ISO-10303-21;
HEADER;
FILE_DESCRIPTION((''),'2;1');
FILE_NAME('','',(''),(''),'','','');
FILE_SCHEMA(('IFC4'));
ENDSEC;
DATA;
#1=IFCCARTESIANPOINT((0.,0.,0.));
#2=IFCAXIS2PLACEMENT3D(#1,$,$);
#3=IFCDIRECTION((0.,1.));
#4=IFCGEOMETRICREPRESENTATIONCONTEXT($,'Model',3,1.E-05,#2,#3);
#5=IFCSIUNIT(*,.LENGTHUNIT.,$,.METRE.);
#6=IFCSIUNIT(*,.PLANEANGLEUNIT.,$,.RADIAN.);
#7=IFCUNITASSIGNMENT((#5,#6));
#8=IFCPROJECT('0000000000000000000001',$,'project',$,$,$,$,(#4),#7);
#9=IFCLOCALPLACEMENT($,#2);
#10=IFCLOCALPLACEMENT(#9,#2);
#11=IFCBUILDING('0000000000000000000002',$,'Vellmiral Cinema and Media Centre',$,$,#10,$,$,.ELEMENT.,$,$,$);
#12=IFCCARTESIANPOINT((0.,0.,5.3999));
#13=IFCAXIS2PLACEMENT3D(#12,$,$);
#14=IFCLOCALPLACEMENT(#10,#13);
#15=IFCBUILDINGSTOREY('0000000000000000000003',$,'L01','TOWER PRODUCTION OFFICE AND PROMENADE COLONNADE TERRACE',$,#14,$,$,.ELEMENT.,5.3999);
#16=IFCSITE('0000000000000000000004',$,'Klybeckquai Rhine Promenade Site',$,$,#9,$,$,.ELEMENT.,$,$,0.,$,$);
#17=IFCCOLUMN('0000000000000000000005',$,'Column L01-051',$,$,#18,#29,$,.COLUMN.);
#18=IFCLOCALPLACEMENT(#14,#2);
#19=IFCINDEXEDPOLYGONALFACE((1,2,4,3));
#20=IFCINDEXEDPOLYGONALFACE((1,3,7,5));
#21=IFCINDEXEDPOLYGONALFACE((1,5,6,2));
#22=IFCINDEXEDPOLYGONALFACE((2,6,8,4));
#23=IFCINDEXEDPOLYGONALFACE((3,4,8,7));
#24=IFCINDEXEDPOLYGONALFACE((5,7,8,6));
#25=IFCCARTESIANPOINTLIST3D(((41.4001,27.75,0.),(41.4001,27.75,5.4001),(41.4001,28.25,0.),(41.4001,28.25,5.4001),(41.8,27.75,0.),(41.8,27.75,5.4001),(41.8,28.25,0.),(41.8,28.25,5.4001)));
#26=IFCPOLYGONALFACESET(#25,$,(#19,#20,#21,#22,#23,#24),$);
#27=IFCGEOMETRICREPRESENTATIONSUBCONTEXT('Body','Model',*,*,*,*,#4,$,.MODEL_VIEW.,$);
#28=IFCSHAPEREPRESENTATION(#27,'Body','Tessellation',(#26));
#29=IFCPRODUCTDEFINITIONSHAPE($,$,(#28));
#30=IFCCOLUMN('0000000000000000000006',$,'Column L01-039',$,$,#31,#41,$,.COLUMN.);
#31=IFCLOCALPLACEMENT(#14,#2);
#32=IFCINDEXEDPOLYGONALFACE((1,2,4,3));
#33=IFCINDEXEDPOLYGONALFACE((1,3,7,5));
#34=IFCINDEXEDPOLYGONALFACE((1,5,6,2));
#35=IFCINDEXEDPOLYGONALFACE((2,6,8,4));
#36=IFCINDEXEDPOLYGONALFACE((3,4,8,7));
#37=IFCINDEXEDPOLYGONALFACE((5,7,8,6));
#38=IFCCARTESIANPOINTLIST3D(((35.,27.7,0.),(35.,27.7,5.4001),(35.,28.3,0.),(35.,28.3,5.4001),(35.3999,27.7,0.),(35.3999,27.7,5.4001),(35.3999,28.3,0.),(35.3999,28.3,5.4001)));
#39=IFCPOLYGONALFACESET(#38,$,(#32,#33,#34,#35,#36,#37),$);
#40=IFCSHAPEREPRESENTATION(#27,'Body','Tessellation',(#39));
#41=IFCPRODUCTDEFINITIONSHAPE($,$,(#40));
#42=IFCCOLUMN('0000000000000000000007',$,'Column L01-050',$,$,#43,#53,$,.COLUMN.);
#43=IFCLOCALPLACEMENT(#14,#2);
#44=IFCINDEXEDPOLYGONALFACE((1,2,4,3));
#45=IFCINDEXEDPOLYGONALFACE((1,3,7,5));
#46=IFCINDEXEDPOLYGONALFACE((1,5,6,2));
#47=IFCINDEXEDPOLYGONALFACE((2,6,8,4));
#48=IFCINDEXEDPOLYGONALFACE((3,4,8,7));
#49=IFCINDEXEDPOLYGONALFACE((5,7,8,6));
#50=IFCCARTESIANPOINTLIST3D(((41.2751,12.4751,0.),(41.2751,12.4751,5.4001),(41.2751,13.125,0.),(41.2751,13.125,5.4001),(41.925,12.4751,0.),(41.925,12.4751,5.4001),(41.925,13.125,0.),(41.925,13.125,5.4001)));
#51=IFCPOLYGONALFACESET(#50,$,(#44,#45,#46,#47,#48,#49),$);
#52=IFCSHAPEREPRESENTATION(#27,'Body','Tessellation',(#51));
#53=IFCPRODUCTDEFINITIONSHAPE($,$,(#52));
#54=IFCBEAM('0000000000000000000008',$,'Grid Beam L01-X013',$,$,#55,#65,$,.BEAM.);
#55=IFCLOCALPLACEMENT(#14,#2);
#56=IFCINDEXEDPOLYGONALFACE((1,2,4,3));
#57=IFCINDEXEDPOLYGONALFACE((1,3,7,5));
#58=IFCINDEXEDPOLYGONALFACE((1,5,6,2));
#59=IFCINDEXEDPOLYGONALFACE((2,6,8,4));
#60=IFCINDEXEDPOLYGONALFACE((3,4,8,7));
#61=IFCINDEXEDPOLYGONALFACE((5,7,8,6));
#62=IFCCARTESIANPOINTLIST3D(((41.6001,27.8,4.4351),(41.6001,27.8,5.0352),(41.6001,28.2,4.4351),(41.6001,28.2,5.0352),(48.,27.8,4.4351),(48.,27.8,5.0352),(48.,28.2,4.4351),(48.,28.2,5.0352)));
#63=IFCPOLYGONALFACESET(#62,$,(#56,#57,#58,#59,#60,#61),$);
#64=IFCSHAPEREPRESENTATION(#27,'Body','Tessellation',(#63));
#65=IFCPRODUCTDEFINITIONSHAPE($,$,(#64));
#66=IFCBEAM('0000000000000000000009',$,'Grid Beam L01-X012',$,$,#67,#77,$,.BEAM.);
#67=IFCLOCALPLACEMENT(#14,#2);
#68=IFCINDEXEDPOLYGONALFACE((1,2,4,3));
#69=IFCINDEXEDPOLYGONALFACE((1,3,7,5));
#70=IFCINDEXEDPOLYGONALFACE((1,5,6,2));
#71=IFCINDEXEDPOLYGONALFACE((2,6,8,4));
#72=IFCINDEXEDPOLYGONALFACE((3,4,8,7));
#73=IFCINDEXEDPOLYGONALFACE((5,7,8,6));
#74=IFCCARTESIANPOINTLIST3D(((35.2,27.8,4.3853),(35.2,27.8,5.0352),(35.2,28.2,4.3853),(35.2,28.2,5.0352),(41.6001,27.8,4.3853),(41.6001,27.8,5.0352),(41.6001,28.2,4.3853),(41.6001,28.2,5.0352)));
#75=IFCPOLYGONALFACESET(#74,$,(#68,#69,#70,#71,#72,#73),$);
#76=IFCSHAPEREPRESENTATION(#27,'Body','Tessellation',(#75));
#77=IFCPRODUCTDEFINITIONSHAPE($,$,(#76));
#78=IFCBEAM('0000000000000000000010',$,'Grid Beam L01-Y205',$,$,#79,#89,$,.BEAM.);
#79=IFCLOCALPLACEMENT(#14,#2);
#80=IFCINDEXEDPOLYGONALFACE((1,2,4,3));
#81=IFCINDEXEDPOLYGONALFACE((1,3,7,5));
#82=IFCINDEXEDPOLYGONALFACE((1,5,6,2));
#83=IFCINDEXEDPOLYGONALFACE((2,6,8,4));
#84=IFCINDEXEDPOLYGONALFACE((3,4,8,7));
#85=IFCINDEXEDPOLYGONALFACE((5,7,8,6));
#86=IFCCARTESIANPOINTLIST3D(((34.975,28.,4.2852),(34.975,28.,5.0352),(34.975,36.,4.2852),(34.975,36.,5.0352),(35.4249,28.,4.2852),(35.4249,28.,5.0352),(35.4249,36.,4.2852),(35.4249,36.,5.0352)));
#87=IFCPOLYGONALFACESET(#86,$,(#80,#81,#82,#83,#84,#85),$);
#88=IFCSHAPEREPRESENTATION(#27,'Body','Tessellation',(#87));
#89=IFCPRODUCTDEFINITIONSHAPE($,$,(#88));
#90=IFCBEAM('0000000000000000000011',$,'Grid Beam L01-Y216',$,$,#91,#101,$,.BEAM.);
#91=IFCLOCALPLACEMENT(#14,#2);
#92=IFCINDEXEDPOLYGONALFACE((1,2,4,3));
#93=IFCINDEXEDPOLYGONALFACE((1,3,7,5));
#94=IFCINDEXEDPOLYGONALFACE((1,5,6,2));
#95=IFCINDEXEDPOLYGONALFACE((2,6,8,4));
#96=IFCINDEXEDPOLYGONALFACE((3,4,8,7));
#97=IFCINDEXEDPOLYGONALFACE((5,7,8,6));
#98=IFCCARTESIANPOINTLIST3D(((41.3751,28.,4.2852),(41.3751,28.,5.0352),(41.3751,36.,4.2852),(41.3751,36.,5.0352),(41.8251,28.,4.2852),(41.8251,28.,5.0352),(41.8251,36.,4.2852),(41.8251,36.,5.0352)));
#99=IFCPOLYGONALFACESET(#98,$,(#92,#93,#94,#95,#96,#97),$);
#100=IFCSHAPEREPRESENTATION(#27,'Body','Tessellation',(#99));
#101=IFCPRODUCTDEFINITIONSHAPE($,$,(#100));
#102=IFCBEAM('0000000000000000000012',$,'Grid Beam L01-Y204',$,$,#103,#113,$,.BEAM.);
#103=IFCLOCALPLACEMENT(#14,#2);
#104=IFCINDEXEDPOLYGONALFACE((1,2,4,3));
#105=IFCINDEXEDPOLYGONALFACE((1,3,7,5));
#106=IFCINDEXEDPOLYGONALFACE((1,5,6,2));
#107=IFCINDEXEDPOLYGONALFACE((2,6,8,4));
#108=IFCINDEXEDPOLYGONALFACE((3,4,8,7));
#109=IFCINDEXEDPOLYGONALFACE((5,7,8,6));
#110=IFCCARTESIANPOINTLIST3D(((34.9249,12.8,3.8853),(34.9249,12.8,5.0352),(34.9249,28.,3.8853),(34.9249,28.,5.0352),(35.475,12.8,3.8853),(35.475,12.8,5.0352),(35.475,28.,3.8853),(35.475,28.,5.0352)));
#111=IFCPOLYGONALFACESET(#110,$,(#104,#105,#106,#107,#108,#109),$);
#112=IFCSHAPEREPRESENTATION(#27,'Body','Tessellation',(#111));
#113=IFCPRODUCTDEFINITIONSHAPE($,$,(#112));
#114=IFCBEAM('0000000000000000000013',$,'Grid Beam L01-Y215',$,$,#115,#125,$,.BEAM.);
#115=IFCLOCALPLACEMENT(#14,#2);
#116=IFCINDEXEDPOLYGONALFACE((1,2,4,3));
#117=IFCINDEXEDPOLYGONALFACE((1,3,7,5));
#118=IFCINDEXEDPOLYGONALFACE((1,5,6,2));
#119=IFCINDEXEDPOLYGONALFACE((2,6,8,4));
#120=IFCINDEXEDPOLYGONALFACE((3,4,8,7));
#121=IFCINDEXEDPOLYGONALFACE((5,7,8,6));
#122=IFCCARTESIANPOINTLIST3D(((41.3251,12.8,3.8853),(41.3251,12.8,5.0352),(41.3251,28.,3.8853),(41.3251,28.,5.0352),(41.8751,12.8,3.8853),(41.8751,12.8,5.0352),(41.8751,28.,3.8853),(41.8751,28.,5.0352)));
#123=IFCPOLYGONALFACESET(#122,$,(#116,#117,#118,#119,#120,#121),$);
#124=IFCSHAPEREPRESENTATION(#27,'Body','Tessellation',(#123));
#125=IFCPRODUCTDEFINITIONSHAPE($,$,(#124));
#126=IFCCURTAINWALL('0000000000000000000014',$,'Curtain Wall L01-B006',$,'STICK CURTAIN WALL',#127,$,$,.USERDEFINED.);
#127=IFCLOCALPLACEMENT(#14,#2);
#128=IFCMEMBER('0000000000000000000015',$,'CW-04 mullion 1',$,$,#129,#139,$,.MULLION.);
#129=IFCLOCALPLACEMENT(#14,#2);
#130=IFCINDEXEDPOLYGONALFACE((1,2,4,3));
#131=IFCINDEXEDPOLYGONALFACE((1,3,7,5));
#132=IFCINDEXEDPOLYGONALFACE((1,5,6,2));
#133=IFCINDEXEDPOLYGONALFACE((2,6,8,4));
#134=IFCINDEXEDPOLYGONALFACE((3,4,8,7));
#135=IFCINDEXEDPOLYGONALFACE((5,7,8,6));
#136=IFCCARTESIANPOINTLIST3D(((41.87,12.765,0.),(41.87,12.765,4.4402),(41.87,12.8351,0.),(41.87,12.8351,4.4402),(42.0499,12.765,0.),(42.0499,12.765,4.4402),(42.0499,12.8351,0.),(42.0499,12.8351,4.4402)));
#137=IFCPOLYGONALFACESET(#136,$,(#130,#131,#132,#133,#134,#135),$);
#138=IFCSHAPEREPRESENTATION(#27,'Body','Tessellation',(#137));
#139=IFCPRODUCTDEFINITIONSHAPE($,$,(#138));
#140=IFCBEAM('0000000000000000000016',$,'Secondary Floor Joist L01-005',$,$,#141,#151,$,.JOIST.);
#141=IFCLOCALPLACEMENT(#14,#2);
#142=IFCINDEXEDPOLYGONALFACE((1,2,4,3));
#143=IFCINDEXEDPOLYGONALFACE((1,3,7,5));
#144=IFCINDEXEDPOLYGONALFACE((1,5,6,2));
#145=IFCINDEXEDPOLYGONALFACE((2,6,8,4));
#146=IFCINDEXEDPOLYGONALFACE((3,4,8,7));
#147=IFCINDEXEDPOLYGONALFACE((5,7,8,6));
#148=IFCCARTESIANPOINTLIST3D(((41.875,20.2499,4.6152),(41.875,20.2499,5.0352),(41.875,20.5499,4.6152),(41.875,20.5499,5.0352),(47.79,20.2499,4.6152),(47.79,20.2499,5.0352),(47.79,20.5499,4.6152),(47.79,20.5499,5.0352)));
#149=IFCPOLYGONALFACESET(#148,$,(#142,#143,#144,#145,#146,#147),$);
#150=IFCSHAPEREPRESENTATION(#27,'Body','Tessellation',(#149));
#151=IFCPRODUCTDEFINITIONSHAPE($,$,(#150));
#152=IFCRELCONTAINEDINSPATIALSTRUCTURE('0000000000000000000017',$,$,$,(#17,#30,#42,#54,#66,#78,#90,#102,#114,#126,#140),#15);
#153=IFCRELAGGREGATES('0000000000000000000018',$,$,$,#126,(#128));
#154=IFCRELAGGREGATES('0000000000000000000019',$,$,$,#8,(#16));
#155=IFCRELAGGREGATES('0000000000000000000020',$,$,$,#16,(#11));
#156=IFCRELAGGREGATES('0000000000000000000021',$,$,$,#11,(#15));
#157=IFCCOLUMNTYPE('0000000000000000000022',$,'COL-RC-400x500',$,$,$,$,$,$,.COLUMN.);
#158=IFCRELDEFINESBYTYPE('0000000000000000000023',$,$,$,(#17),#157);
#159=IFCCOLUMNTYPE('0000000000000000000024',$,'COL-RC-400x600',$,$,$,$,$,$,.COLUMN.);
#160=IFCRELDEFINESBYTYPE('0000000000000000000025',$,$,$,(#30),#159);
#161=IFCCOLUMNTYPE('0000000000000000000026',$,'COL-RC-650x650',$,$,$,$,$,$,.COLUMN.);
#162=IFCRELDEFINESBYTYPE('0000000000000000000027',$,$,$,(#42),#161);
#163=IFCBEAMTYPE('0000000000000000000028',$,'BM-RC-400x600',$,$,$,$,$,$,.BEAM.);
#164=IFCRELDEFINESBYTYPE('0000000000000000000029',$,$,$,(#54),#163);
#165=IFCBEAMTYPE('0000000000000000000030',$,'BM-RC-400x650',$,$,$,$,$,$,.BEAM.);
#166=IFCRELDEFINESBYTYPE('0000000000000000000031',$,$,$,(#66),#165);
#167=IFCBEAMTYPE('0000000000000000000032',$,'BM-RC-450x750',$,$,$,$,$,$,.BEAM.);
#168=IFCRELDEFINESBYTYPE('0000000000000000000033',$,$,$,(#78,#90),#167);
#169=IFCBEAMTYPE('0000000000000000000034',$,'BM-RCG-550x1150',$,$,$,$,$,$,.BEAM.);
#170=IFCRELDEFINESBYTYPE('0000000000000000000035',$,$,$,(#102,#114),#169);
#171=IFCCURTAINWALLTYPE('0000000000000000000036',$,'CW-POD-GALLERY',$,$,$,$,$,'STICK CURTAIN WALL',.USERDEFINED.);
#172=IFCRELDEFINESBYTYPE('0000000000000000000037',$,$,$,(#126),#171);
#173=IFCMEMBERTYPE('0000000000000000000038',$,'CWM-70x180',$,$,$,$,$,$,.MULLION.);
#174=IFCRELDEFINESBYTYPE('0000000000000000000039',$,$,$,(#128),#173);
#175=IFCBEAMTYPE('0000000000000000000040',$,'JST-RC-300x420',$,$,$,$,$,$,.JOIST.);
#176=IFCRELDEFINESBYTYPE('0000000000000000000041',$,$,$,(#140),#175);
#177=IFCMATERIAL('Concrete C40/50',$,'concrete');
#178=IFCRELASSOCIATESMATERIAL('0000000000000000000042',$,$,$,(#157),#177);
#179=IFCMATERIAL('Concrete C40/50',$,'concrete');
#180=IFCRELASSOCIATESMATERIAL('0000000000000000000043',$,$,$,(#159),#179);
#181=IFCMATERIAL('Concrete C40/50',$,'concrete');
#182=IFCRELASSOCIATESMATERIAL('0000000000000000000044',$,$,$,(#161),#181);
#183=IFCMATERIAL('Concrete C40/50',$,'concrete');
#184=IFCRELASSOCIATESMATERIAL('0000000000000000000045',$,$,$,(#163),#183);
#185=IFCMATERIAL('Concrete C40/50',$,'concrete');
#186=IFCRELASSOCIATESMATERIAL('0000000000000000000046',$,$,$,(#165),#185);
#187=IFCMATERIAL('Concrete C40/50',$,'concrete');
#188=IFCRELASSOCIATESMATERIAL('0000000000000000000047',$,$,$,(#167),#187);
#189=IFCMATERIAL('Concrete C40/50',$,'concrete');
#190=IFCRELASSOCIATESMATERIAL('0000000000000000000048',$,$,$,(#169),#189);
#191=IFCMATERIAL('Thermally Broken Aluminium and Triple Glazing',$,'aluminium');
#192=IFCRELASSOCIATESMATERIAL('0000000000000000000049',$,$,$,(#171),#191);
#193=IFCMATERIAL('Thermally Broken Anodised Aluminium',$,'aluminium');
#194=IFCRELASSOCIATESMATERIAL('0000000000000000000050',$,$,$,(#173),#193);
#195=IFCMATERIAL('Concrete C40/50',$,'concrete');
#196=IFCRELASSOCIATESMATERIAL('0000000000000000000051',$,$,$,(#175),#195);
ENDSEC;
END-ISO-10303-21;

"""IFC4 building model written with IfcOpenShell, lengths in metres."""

from ifc_helpers import new_model, si_unit, direction, frame, origin, origin_2d, place, context, subcontext, project, spatial, rectangle, extrude, material, material_profile, profile_set, type_object, element, aggregate, save


model = new_model("IFC4")

# Units and contexts
model_context = context("Model", 3, precision=1e-05, world=origin(), true_north=direction((0.0, 1.0)))
body_context = subcontext(model_context, "Body", "Model", "MODEL_VIEW")
ifc_project = project(units=[si_unit("LENGTHUNIT", "METRE"), si_unit("PLANEANGLEUNIT", "RADIAN")], contexts=[model_context])

# Site, building, storey
site_placement = place(None, origin())
site = spatial("IfcSite", under=ifc_project, at=site_placement, Name="Klybeckquai Rhine Promenade Site", CompositionType="ELEMENT", RefElevation=0.0)
building_placement = place(site_placement, origin())
building = spatial("IfcBuilding", under=site, at=building_placement, Name="Vellmiral Cinema and Media Centre", CompositionType="ELEMENT")
storey_placement = place(building_placement, frame((0.0, 0.0, 5.3999)))
storey = spatial("IfcBuildingStorey", under=building, at=storey_placement, Name="L01", Description="TOWER PRODUCTION OFFICE AND PROMENADE COLONNADE TERRACE", CompositionType="ELEMENT", Elevation=5.3999)

# Columns
ifc_material_1 = material(Name="Concrete C40/50", Category="concrete")
ifc_material_profile_1 = material_profile(ifc_material_1, rectangle(XDim=0.3999, YDim=0.5, at=origin_2d()), Name="RC 400x500")
ifc_profile_set_1 = profile_set([ifc_material_profile_1], Name="Concrete C40/50")
column_type_1 = type_object("IfcColumnType", Name="COL-RC-400x500", PredefinedType="COLUMN", material=ifc_profile_set_1)
column_1_placement = place(storey_placement, frame((41.6001, 28.0, 0.0), z_axis=(0.0, 0.0, 1.0), x_axis=(1.0, 0.0, 0.0)))
element("IfcColumn", 1, at=column_1_placement, inside=storey, type_object=column_type_1, Name="Column L01-051", PredefinedType="COLUMN", context=body_context, shape_type="SweptSolid", body=[
    extrude(rectangle(XDim=0.3999, YDim=0.5, at=origin_2d()), origin(), (0.0, 0.0, 1.0), 5.4001),
])
ifc_material_2 = material(Name="Concrete C40/50", Category="concrete")
ifc_material_profile_2 = material_profile(ifc_material_2, rectangle(XDim=0.3999, YDim=0.6001, at=origin_2d()), Name="RC 400x600")
ifc_profile_set_2 = profile_set([ifc_material_profile_2], Name="Concrete C40/50")
column_type_2 = type_object("IfcColumnType", Name="COL-RC-400x600", PredefinedType="COLUMN", material=ifc_profile_set_2)
column_2_placement = place(storey_placement, frame((35.2, 28.0, 0.0), z_axis=(0.0, 0.0, 1.0), x_axis=(1.0, 0.0, 0.0)))
element("IfcColumn", 2, at=column_2_placement, inside=storey, type_object=column_type_2, Name="Column L01-039", PredefinedType="COLUMN", context=body_context, shape_type="SweptSolid", body=[
    extrude(rectangle(XDim=0.3999, YDim=0.6001, at=origin_2d()), origin(), (0.0, 0.0, 1.0), 5.4001),
])
ifc_material_3 = material(Name="Concrete C40/50", Category="concrete")
ifc_material_profile_3 = material_profile(ifc_material_3, rectangle(XDim=0.6499, YDim=0.6499, at=origin_2d()), Name="RC 650x650")
ifc_profile_set_3 = profile_set([ifc_material_profile_3], Name="Concrete C40/50")
column_type_3 = type_object("IfcColumnType", Name="COL-RC-650x650", PredefinedType="COLUMN", material=ifc_profile_set_3)
column_3_placement = place(storey_placement, frame((41.6001, 12.8, 0.0), z_axis=(0.0, 0.0, 1.0), x_axis=(1.0, 0.0, 0.0)))
element("IfcColumn", 3, at=column_3_placement, inside=storey, type_object=column_type_3, Name="Column L01-050", PredefinedType="COLUMN", context=body_context, shape_type="SweptSolid", body=[
    extrude(rectangle(XDim=0.6499, YDim=0.6499, at=origin_2d()), origin(), (0.0, 0.0, 1.0), 5.4001),
])

# Beams
ifc_material_4 = material(Name="Concrete C40/50", Category="concrete")
ifc_material_profile_4 = material_profile(ifc_material_4, rectangle(XDim=0.3999, YDim=0.6001, at=origin_2d()), Name="RC 400x600")
ifc_profile_set_4 = profile_set([ifc_material_profile_4], Name="Concrete C40/50")
beam_type_1 = type_object("IfcBeamType", Name="BM-RC-400x600", PredefinedType="BEAM", material=ifc_profile_set_4)
beam_1_placement = place(storey_placement, frame((41.6001, 28.0, 4.7351), z_axis=(1.0, 0.0, 0.0), x_axis=(0.0, 1.0, 0.0)))
element("IfcBeam", 4, at=beam_1_placement, inside=storey, type_object=beam_type_1, Name="Grid Beam L01-X013", PredefinedType="BEAM", context=body_context, shape_type="SweptSolid", body=[
    extrude(rectangle(XDim=0.3999, YDim=0.6001, at=origin_2d()), origin(), (0.0, 0.0, 1.0), 6.3999),
])
ifc_material_5 = material(Name="Concrete C40/50", Category="concrete")
ifc_material_profile_5 = material_profile(ifc_material_5, rectangle(XDim=0.3999, YDim=0.6499, at=origin_2d()), Name="RC 400x650")
ifc_profile_set_5 = profile_set([ifc_material_profile_5], Name="Concrete C40/50")
beam_type_2 = type_object("IfcBeamType", Name="BM-RC-400x650", PredefinedType="BEAM", material=ifc_profile_set_5)
beam_2_placement = place(storey_placement, frame((35.2, 28.0, 4.7102), z_axis=(1.0, 0.0, 0.0), x_axis=(0.0, 1.0, 0.0)))
element("IfcBeam", 5, at=beam_2_placement, inside=storey, type_object=beam_type_2, Name="Grid Beam L01-X012", PredefinedType="BEAM", context=body_context, shape_type="SweptSolid", body=[
    extrude(rectangle(XDim=0.3999, YDim=0.6499, at=origin_2d()), origin(), (0.0, 0.0, 1.0), 6.4001),
])
ifc_material_6 = material(Name="Concrete C40/50", Category="concrete")
ifc_material_profile_6 = material_profile(ifc_material_6, rectangle(XDim=0.45, YDim=0.75, at=origin_2d()), Name="RC 450x750")
ifc_profile_set_6 = profile_set([ifc_material_profile_6], Name="Concrete C40/50")
beam_type_3 = type_object("IfcBeamType", Name="BM-RC-450x750", PredefinedType="BEAM", material=ifc_profile_set_6)
for number, where, z_axis, x_axis, name in (
    (6, (35.2, 28.0, 4.6602), (0.0, 1.0, 0.0), (-1.0, 0.0, 0.0), "Grid Beam L01-Y205"),
    (7, (41.6001, 28.0, 4.6602), (0.0, 1.0, 0.0), (-1.0, 0.0, 0.0), "Grid Beam L01-Y216"),
):
    element("IfcBeam", number, at=place(storey_placement, frame(where, z_axis=z_axis, x_axis=x_axis)), inside=storey, type_object=beam_type_3, Name=name, PredefinedType="BEAM", context=body_context, shape_type="SweptSolid", body=[
        extrude(rectangle(XDim=0.45, YDim=0.75, at=origin_2d()), origin(), (0.0, 0.0, 1.0), 8.0),
    ])
ifc_material_7 = material(Name="Concrete C40/50", Category="concrete")
ifc_material_profile_7 = material_profile(ifc_material_7, rectangle(XDim=0.55, YDim=1.1499, at=origin_2d()), Name="RC 550x1150")
ifc_profile_set_7 = profile_set([ifc_material_profile_7], Name="Concrete C40/50")
beam_type_4 = type_object("IfcBeamType", Name="BM-RCG-550x1150", PredefinedType="BEAM", material=ifc_profile_set_7)
for number, where, z_axis, x_axis, name in (
    (8, (35.2, 12.8, 4.4602), (0.0, 1.0, 0.0), (-1.0, 0.0, 0.0), "Grid Beam L01-Y204"),
    (9, (41.6001, 12.8, 4.4602), (0.0, 1.0, 0.0), (-1.0, 0.0, 0.0), "Grid Beam L01-Y215"),
):
    element("IfcBeam", number, at=place(storey_placement, frame(where, z_axis=z_axis, x_axis=x_axis)), inside=storey, type_object=beam_type_4, Name=name, PredefinedType="BEAM", context=body_context, shape_type="SweptSolid", body=[
        extrude(rectangle(XDim=0.55, YDim=1.1499, at=origin_2d()), origin(), (0.0, 0.0, 1.0), 15.2),
    ])

# Curtain wall, member
ifc_material_8 = material(Name="Thermally Broken Aluminium and Triple Glazing", Category="aluminium")
curtain_wall_type = type_object("IfcCurtainWallType", Name="CW-POD-GALLERY", ElementType="STICK CURTAIN WALL", PredefinedType="USERDEFINED", material=ifc_material_8)
curtain_wall_placement = place(storey_placement, origin())
curtain_wall = element("IfcCurtainWall", 10, at=curtain_wall_placement, inside=storey, type_object=curtain_wall_type, Name="Curtain Wall L01-B006", ObjectType="STICK CURTAIN WALL", PredefinedType="USERDEFINED")
ifc_material_9 = material(Name="Thermally Broken Anodised Aluminium", Category="aluminium")
ifc_material_profile_8 = material_profile(ifc_material_9, rectangle(XDim=0.0701, YDim=0.1799, at=origin_2d()), Name="MULL 70x180")
ifc_profile_set_8 = profile_set([ifc_material_profile_8], Name="Thermally Broken Anodised Aluminium")
member_type = type_object("IfcMemberType", Name="CWM-70x180", PredefinedType="MULLION", material=ifc_profile_set_8)
member_placement = place(storey_placement, frame((41.96, 12.8, 0.0), z_axis=(0.0, 0.0, 1.0), x_axis=(0.0, 1.0, 0.0)))
member = element("IfcMember", 11, at=member_placement, type_object=member_type, Name="CW-04 mullion 1", PredefinedType="MULLION", context=body_context, shape_type="SweptSolid", body=[
    extrude(rectangle(XDim=0.0701, YDim=0.1799, at=origin_2d()), origin(), (0.0, 0.0, 1.0), 4.4402),
])
aggregate(curtain_wall, [member])

# Beam
ifc_material_10 = material(Name="Concrete C40/50", Category="concrete")
ifc_material_profile_9 = material_profile(ifc_material_10, rectangle(XDim=0.3, YDim=0.4199, at=origin_2d()), Name="RC 300x420")
ifc_profile_set_9 = profile_set([ifc_material_profile_9], Name="Concrete C40/50")
beam_type_5 = type_object("IfcBeamType", Name="JST-RC-300x420", PredefinedType="JOIST", material=ifc_profile_set_9)
beam_3_placement = place(storey_placement, frame((41.875, 20.3999, 4.8252), z_axis=(1.0, 0.0, 0.0), x_axis=(0.0, 1.0, 0.0)))
element("IfcBeam", 12, at=beam_3_placement, inside=storey, type_object=beam_type_5, Name="Secondary Floor Joist L01-005", PredefinedType="JOIST", context=body_context, shape_type="SweptSolid", body=[
    extrude(rectangle(XDim=0.3, YDim=0.4199, at=origin_2d()), origin(), (0.0, 0.0, 1.0), 5.915),
])

save(model, "model.ifc")
